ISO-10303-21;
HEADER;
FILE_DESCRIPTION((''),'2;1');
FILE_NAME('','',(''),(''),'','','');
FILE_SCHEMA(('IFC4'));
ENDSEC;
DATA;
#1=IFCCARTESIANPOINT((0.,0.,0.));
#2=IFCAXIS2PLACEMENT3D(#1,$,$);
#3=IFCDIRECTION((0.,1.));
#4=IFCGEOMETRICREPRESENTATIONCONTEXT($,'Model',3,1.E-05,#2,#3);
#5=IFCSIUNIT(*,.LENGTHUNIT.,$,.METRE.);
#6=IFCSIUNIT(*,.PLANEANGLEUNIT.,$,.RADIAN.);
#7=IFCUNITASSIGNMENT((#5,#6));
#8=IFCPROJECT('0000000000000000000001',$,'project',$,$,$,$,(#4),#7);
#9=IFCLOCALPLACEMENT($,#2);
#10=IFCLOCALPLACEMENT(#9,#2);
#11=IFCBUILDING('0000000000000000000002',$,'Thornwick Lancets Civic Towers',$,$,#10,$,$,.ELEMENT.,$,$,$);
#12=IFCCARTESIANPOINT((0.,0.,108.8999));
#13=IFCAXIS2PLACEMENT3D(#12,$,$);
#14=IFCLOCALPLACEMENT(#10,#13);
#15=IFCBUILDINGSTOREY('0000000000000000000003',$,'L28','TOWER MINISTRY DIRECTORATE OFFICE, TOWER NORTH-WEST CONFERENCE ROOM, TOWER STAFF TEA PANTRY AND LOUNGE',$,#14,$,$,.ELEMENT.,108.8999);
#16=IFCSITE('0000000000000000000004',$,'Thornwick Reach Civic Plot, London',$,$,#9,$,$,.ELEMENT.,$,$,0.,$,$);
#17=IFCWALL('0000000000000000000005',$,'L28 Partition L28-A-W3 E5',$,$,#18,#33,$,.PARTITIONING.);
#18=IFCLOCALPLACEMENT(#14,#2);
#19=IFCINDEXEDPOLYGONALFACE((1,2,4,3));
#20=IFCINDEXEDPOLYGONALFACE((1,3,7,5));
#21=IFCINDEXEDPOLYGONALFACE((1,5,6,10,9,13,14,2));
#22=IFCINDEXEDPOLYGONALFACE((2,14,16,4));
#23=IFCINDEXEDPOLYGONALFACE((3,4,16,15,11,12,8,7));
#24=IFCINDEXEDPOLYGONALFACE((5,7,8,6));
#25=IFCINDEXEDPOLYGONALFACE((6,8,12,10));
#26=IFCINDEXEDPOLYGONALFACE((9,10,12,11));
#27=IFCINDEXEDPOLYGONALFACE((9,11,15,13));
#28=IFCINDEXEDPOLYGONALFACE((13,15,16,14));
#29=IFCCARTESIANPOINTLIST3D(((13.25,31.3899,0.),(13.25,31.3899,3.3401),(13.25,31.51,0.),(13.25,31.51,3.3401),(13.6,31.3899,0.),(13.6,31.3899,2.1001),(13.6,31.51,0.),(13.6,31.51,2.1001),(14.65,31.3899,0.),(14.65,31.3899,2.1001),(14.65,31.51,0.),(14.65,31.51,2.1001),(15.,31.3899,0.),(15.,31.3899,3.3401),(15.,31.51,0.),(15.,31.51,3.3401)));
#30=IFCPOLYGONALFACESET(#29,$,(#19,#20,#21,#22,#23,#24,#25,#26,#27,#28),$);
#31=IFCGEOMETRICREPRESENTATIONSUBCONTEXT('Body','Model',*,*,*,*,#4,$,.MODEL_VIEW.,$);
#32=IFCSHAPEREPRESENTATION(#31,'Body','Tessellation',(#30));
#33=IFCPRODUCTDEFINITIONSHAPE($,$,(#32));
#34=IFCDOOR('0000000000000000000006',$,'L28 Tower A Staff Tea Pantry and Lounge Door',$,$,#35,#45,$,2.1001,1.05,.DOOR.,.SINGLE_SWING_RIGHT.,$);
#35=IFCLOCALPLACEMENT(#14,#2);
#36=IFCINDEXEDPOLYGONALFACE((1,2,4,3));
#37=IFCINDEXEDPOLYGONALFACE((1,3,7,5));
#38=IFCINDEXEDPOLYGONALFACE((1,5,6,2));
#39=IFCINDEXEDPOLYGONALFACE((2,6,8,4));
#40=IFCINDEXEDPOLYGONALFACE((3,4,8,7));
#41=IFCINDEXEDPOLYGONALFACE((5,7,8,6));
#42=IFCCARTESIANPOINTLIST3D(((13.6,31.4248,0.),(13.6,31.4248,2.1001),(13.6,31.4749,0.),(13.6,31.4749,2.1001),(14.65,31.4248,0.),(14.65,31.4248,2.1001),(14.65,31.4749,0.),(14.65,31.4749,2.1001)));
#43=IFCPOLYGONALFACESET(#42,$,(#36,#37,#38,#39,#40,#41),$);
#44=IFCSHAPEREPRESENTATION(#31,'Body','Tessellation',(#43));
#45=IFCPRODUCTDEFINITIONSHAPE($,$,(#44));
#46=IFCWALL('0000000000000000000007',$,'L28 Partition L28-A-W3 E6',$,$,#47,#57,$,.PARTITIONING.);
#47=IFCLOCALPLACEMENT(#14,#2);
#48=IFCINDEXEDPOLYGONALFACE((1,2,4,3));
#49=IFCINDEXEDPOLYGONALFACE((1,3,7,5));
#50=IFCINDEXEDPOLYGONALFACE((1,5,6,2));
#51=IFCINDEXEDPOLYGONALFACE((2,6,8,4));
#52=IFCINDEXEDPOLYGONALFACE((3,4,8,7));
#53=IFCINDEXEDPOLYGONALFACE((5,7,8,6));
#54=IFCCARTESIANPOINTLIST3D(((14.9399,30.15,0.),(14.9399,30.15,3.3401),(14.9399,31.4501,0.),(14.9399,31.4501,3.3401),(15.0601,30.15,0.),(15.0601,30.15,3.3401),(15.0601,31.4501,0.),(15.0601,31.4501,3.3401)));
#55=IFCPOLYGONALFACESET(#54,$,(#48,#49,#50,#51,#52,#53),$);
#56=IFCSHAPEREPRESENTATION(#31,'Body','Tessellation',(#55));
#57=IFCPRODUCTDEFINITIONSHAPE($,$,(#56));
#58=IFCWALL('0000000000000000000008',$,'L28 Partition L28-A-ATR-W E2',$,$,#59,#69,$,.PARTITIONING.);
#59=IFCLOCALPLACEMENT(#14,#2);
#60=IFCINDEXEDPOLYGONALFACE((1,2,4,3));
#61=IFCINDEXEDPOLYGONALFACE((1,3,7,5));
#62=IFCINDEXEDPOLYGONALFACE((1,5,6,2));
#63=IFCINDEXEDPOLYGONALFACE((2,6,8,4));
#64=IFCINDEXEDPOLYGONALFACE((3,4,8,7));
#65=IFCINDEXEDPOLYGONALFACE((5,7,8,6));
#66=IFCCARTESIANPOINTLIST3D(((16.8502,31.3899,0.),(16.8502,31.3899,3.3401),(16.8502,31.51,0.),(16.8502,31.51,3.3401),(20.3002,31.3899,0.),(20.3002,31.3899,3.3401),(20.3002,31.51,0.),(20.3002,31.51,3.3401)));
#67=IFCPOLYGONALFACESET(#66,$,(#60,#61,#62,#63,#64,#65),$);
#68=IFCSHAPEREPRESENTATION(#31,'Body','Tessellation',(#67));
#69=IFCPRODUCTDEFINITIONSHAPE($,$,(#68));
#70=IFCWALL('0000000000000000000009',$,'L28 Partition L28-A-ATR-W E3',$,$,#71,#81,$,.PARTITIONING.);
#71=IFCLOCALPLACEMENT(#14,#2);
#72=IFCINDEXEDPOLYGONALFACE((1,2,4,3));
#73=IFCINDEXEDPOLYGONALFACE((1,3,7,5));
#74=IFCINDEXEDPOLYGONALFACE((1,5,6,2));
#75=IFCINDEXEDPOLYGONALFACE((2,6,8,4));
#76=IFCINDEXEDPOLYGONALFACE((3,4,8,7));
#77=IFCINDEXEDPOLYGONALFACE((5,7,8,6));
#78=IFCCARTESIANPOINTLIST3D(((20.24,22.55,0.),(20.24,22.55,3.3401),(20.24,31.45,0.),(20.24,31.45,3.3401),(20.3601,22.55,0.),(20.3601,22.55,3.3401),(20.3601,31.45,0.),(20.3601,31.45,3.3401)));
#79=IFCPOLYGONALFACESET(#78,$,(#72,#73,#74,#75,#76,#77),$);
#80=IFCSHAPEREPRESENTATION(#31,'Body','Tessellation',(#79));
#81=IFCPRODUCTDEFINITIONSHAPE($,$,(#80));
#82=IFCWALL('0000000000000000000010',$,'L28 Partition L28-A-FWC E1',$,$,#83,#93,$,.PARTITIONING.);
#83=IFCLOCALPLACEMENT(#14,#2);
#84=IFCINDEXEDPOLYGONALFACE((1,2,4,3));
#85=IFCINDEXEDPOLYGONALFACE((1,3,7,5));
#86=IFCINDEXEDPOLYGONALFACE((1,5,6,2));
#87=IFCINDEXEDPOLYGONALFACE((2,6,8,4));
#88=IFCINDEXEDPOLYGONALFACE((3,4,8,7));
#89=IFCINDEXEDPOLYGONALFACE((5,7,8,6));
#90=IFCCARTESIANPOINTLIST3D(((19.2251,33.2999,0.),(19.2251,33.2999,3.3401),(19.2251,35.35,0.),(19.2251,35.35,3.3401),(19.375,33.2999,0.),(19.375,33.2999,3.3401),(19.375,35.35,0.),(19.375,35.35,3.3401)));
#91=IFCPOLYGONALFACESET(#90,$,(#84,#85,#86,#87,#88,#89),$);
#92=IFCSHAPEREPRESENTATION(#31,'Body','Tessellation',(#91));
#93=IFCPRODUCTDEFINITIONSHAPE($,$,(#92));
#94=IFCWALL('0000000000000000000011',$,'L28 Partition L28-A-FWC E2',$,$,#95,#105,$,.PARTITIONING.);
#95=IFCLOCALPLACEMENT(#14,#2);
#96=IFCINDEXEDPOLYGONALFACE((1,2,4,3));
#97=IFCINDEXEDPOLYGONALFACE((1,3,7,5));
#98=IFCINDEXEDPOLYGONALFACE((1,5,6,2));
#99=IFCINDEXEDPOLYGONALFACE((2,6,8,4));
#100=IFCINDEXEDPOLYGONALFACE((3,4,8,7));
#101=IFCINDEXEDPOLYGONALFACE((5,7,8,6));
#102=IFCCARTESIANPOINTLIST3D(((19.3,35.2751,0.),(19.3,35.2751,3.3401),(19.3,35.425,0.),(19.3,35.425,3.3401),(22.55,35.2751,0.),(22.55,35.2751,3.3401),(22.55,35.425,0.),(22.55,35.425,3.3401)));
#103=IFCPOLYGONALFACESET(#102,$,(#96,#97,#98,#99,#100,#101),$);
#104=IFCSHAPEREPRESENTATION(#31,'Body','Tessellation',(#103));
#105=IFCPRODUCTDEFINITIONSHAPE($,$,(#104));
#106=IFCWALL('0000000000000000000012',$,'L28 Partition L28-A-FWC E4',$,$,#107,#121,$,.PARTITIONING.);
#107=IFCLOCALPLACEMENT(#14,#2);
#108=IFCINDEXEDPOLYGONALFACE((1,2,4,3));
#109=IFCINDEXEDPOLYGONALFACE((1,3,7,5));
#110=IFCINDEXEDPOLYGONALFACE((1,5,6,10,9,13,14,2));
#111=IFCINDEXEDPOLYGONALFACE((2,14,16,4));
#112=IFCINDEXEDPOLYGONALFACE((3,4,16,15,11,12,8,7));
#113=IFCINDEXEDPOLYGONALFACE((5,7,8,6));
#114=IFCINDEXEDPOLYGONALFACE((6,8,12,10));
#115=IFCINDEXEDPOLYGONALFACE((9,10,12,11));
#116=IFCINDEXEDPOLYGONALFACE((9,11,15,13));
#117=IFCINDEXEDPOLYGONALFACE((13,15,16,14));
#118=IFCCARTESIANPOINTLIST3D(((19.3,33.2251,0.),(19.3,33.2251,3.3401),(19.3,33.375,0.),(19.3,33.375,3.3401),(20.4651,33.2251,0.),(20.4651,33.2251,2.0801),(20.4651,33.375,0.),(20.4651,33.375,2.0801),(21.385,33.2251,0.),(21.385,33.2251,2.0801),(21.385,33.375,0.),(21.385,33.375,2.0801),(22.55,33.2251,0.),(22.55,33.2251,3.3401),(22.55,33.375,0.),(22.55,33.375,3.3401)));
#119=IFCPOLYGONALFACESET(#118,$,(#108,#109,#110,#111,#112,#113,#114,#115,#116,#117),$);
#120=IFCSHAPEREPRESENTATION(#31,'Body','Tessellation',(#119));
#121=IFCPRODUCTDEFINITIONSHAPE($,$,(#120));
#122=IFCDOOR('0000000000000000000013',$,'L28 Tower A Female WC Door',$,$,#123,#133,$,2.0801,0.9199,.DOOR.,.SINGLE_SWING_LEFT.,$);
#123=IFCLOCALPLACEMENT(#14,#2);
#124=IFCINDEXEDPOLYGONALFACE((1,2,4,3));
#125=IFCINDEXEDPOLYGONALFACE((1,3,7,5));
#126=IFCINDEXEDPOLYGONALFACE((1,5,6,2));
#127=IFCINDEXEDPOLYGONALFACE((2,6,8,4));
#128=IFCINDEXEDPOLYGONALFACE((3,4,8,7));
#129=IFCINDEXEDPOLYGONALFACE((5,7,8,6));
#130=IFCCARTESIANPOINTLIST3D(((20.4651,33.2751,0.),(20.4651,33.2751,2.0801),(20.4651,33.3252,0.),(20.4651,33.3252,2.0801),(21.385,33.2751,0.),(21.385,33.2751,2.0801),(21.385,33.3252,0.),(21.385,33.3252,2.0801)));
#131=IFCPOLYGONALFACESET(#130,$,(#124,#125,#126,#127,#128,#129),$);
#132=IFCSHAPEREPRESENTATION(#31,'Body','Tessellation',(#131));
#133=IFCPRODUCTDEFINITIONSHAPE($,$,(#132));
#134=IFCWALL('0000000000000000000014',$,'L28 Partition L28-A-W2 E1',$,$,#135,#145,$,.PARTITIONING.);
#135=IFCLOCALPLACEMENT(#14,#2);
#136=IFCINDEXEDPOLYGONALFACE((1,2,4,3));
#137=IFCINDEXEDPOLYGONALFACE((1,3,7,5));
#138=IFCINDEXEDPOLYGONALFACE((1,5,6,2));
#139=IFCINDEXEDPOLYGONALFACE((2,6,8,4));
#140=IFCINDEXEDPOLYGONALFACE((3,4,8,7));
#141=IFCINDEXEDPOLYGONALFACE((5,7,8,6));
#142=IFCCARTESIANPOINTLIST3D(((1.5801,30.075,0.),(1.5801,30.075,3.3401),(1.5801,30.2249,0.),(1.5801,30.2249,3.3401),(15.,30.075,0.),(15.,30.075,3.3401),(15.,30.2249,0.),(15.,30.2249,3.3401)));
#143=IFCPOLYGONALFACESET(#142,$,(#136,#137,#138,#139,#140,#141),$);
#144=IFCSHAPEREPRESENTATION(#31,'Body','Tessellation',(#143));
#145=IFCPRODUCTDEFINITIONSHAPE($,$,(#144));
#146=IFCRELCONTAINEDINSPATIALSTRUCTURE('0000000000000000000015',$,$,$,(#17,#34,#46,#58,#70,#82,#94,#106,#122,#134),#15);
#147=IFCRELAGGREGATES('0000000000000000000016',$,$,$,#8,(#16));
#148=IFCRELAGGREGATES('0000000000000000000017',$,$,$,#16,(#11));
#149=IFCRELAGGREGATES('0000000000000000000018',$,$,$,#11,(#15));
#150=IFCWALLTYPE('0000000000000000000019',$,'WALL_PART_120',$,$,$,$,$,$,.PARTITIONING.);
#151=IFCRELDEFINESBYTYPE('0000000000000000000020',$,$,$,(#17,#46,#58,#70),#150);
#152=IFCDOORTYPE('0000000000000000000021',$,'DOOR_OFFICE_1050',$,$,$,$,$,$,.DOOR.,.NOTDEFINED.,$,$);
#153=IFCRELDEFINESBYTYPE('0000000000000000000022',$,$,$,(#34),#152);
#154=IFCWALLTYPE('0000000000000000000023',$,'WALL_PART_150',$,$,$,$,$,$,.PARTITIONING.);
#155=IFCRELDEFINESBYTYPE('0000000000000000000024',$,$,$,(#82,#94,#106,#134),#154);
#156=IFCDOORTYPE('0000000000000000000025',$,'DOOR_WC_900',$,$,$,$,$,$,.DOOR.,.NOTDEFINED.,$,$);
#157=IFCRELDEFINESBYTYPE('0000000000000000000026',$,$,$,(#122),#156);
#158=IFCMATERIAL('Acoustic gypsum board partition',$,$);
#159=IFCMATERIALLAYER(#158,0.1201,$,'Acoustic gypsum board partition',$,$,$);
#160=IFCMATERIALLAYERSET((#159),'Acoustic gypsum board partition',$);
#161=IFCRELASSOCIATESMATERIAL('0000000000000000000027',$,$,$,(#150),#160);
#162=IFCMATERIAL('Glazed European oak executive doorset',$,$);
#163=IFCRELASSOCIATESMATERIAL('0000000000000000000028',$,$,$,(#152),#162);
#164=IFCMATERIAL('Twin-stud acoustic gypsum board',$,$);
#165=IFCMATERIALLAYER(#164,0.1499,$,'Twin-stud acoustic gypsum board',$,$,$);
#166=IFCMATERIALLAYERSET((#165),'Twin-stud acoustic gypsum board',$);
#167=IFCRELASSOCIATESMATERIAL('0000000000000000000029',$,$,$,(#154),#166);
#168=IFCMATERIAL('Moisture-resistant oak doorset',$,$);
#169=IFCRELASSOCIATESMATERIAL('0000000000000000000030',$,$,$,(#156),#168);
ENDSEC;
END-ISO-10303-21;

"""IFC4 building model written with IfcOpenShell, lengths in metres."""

from ifc_helpers import new_model, si_unit, direction, frame, frame_2d, origin, place, context, subcontext, project, spatial, rectangle, extrude, material, layer, layer_set, type_object, element, fill, save


model = new_model("IFC4")

# Units and contexts
model_context = context("Model", 3, precision=1e-05, world=origin(), true_north=direction((0.0, 1.0)))
body_context = subcontext(model_context, "Body", "Model", "MODEL_VIEW")
ifc_project = project(units=[si_unit("LENGTHUNIT", "METRE"), si_unit("PLANEANGLEUNIT", "RADIAN")], contexts=[model_context])

# Site, building, storey
site_placement = place(None, origin())
site = spatial("IfcSite", under=ifc_project, at=site_placement, Name="Thornwick Reach Civic Plot, London", CompositionType="ELEMENT", RefElevation=0.0)
building_placement = place(site_placement, origin())
building = spatial("IfcBuilding", under=site, at=building_placement, Name="Thornwick Lancets Civic Towers", CompositionType="ELEMENT")
storey_placement = place(building_placement, frame((0.0, 0.0, 108.8999)))
storey = spatial("IfcBuildingStorey", under=building, at=storey_placement, Name="L28", Description="TOWER MINISTRY DIRECTORATE OFFICE, TOWER NORTH-WEST CONFERENCE ROOM, TOWER STAFF TEA PANTRY AND LOUNGE", CompositionType="ELEMENT", Elevation=108.8999)

# Shared definitions
ifc_material_1 = material(Name="Acoustic gypsum board partition")
ifc_layer_1 = layer(ifc_material_1, 0.1201, Name="Acoustic gypsum board partition")
ifc_layer_set_1 = layer_set([ifc_layer_1], Name="Acoustic gypsum board partition")
wall_type_1 = type_object("IfcWallType", Name="WALL_PART_120", PredefinedType="PARTITIONING", material=ifc_layer_set_1)

# Wall, opening, door
wall_1_placement = place(storey_placement, frame((13.25, 31.45, 0.0), z_axis=(0.0, 0.0, 1.0), x_axis=(1.0, 0.0, 0.0)))
wall_1 = element("IfcWall", 1, at=wall_1_placement, inside=storey, type_object=wall_type_1, Name="L28 Partition L28-A-W3 E5", PredefinedType="PARTITIONING", context=body_context, shape_type="SweptSolid", body=[
    extrude(rectangle(XDim=1.75, YDim=0.1201, at=frame_2d((0.875, 0.0))), origin(), (0.0, 0.0, 1.0), 3.3401),
])
opening_1_placement = place(wall_1_placement, frame((0.3501, 0.0, 0.0)))
opening_1 = element("IfcOpeningElement", 2, at=opening_1_placement, cuts=wall_1, PredefinedType="OPENING", context=body_context, shape_type="SweptSolid", body=[
    extrude(rectangle(XDim=1.05, YDim=2.1001, at=frame_2d((0.5249, 1.05))), frame((0.0, 0.0701, 0.0), z_axis=(0.0, -1.0, 0.0), x_axis=(1.0, 0.0, 0.0)), (0.0, 0.0, 1.0), 0.1401),
])
ifc_material_2 = material(Name="Glazed European oak executive doorset")
door_type_1 = type_object("IfcDoorType", Name="DOOR_OFFICE_1050", OperationType="NOTDEFINED", PredefinedType="DOOR", material=ifc_material_2)
door_1_placement = place(opening_1_placement, origin())
door_1 = element("IfcDoor", 3, at=door_1_placement, inside=storey, type_object=door_type_1, Name="L28 Tower A Staff Tea Pantry and Lounge Door", OperationType="SINGLE_SWING_RIGHT", OverallHeight=2.1001, OverallWidth=1.05, PredefinedType="DOOR", context=body_context, shape_type="SweptSolid", body=[
    extrude(rectangle(XDim=1.05, YDim=2.1001, at=frame_2d((0.5249, 1.05))), frame((0.0, 0.0249, 0.0), z_axis=(0.0, -1.0, 0.0), x_axis=(1.0, 0.0, 0.0)), (0.0, 0.0, 1.0), 0.05),
])
fill(opening_1, door_1)

# Walls
wall_2_placement = place(storey_placement, frame((15.0, 31.45, 0.0), z_axis=(0.0, 0.0, 1.0), x_axis=(0.0, -1.0, 0.0)))
element("IfcWall", 4, at=wall_2_placement, inside=storey, type_object=wall_type_1, Name="L28 Partition L28-A-W3 E6", PredefinedType="PARTITIONING", context=body_context, shape_type="SweptSolid", body=[
    extrude(rectangle(XDim=1.3, YDim=0.1201, at=frame_2d((0.6499, 0.0))), origin(), (0.0, 0.0, 1.0), 3.3401),
])
wall_3_placement = place(storey_placement, frame((16.8501, 31.45, 0.0), z_axis=(0.0, 0.0, 1.0), x_axis=(1.0, 0.0, 0.0)))
element("IfcWall", 5, at=wall_3_placement, inside=storey, type_object=wall_type_1, Name="L28 Partition L28-A-ATR-W E2", PredefinedType="PARTITIONING", context=body_context, shape_type="SweptSolid", body=[
    extrude(rectangle(XDim=3.45, YDim=0.1201, at=frame_2d((1.7251, 0.0))), origin(), (0.0, 0.0, 1.0), 3.3401),
])
wall_4_placement = place(storey_placement, frame((20.3, 31.45, 0.0), z_axis=(0.0, 0.0, 1.0), x_axis=(0.0, -1.0, 0.0)))
element("IfcWall", 6, at=wall_4_placement, inside=storey, type_object=wall_type_1, Name="L28 Partition L28-A-ATR-W E3", PredefinedType="PARTITIONING", context=body_context, shape_type="SweptSolid", body=[
    extrude(rectangle(XDim=8.8999, YDim=0.1201, at=frame_2d((4.45, 0.0))), origin(), (0.0, 0.0, 1.0), 3.3401),
])
ifc_material_3 = material(Name="Twin-stud acoustic gypsum board")
ifc_layer_2 = layer(ifc_material_3, 0.1499, Name="Twin-stud acoustic gypsum board")
ifc_layer_set_2 = layer_set([ifc_layer_2], Name="Twin-stud acoustic gypsum board")
wall_type_2 = type_object("IfcWallType", Name="WALL_PART_150", PredefinedType="PARTITIONING", material=ifc_layer_set_2)
wall_5_placement = place(storey_placement, frame((19.3, 33.3, 0.0), z_axis=(0.0, 0.0, 1.0), x_axis=(0.0, 1.0, 0.0)))
element("IfcWall", 7, at=wall_5_placement, inside=storey, type_object=wall_type_2, Name="L28 Partition L28-A-FWC E1", PredefinedType="PARTITIONING", context=body_context, shape_type="SweptSolid", body=[
    extrude(rectangle(XDim=2.05, YDim=0.1499, at=frame_2d((1.0249, 0.0))), origin(), (0.0, 0.0, 1.0), 3.3401),
])
wall_6_placement = place(storey_placement, frame((19.3, 35.3501, 0.0), z_axis=(0.0, 0.0, 1.0), x_axis=(1.0, 0.0, 0.0)))
element("IfcWall", 8, at=wall_6_placement, inside=storey, type_object=wall_type_2, Name="L28 Partition L28-A-FWC E2", PredefinedType="PARTITIONING", context=body_context, shape_type="SweptSolid", body=[
    extrude(rectangle(XDim=3.25, YDim=0.1499, at=frame_2d((1.625, 0.0))), origin(), (0.0, 0.0, 1.0), 3.3401),
])

# Wall, opening, door
wall_7_placement = place(storey_placement, frame((22.55, 33.3, 0.0), z_axis=(0.0, 0.0, 1.0), x_axis=(-1.0, 0.0, 0.0)))
wall_7 = element("IfcWall", 9, at=wall_7_placement, inside=storey, type_object=wall_type_2, Name="L28 Partition L28-A-FWC E4", PredefinedType="PARTITIONING", context=body_context, shape_type="SweptSolid", body=[
    extrude(rectangle(XDim=3.25, YDim=0.1499, at=frame_2d((1.625, 0.0))), origin(), (0.0, 0.0, 1.0), 3.3401),
])
opening_2_placement = place(wall_7_placement, frame((1.165, 0.0, 0.0)))
opening_2 = element("IfcOpeningElement", 10, at=opening_2_placement, cuts=wall_7, PredefinedType="OPENING", context=body_context, shape_type="SweptSolid", body=[
    extrude(rectangle(XDim=0.9199, YDim=2.0801, at=frame_2d((0.46, 1.04))), frame((0.0, 0.085, 0.0), z_axis=(0.0, -1.0, 0.0), x_axis=(1.0, 0.0, 0.0)), (0.0, 0.0, 1.0), 0.1699),
])
ifc_material_4 = material(Name="Moisture-resistant oak doorset")
door_type_2 = type_object("IfcDoorType", Name="DOOR_WC_900", OperationType="NOTDEFINED", PredefinedType="DOOR", material=ifc_material_4)
door_2_placement = place(opening_2_placement, origin())
door_2 = element("IfcDoor", 11, at=door_2_placement, inside=storey, type_object=door_type_2, Name="L28 Tower A Female WC Door", OperationType="SINGLE_SWING_LEFT", OverallHeight=2.0801, OverallWidth=0.9199, PredefinedType="DOOR", context=body_context, shape_type="SweptSolid", body=[
    extrude(rectangle(XDim=0.9199, YDim=2.0801, at=frame_2d((0.46, 1.04))), frame((0.0, 0.0249, 0.0), z_axis=(0.0, -1.0, 0.0), x_axis=(1.0, 0.0, 0.0)), (0.0, 0.0, 1.0), 0.05),
])
fill(opening_2, door_2)

# Wall
wall_8_placement = place(storey_placement, frame((1.5801, 30.1499, 0.0), z_axis=(0.0, 0.0, 1.0), x_axis=(1.0, 0.0, 0.0)))
element("IfcWall", 12, at=wall_8_placement, inside=storey, type_object=wall_type_2, Name="L28 Partition L28-A-W2 E1", PredefinedType="PARTITIONING", context=body_context, shape_type="SweptSolid", body=[
    extrude(rectangle(XDim=13.4199, YDim=0.1499, at=frame_2d((6.71, 0.0))), origin(), (0.0, 0.0, 1.0), 3.3401),
])

save(model, "model.ifc")
